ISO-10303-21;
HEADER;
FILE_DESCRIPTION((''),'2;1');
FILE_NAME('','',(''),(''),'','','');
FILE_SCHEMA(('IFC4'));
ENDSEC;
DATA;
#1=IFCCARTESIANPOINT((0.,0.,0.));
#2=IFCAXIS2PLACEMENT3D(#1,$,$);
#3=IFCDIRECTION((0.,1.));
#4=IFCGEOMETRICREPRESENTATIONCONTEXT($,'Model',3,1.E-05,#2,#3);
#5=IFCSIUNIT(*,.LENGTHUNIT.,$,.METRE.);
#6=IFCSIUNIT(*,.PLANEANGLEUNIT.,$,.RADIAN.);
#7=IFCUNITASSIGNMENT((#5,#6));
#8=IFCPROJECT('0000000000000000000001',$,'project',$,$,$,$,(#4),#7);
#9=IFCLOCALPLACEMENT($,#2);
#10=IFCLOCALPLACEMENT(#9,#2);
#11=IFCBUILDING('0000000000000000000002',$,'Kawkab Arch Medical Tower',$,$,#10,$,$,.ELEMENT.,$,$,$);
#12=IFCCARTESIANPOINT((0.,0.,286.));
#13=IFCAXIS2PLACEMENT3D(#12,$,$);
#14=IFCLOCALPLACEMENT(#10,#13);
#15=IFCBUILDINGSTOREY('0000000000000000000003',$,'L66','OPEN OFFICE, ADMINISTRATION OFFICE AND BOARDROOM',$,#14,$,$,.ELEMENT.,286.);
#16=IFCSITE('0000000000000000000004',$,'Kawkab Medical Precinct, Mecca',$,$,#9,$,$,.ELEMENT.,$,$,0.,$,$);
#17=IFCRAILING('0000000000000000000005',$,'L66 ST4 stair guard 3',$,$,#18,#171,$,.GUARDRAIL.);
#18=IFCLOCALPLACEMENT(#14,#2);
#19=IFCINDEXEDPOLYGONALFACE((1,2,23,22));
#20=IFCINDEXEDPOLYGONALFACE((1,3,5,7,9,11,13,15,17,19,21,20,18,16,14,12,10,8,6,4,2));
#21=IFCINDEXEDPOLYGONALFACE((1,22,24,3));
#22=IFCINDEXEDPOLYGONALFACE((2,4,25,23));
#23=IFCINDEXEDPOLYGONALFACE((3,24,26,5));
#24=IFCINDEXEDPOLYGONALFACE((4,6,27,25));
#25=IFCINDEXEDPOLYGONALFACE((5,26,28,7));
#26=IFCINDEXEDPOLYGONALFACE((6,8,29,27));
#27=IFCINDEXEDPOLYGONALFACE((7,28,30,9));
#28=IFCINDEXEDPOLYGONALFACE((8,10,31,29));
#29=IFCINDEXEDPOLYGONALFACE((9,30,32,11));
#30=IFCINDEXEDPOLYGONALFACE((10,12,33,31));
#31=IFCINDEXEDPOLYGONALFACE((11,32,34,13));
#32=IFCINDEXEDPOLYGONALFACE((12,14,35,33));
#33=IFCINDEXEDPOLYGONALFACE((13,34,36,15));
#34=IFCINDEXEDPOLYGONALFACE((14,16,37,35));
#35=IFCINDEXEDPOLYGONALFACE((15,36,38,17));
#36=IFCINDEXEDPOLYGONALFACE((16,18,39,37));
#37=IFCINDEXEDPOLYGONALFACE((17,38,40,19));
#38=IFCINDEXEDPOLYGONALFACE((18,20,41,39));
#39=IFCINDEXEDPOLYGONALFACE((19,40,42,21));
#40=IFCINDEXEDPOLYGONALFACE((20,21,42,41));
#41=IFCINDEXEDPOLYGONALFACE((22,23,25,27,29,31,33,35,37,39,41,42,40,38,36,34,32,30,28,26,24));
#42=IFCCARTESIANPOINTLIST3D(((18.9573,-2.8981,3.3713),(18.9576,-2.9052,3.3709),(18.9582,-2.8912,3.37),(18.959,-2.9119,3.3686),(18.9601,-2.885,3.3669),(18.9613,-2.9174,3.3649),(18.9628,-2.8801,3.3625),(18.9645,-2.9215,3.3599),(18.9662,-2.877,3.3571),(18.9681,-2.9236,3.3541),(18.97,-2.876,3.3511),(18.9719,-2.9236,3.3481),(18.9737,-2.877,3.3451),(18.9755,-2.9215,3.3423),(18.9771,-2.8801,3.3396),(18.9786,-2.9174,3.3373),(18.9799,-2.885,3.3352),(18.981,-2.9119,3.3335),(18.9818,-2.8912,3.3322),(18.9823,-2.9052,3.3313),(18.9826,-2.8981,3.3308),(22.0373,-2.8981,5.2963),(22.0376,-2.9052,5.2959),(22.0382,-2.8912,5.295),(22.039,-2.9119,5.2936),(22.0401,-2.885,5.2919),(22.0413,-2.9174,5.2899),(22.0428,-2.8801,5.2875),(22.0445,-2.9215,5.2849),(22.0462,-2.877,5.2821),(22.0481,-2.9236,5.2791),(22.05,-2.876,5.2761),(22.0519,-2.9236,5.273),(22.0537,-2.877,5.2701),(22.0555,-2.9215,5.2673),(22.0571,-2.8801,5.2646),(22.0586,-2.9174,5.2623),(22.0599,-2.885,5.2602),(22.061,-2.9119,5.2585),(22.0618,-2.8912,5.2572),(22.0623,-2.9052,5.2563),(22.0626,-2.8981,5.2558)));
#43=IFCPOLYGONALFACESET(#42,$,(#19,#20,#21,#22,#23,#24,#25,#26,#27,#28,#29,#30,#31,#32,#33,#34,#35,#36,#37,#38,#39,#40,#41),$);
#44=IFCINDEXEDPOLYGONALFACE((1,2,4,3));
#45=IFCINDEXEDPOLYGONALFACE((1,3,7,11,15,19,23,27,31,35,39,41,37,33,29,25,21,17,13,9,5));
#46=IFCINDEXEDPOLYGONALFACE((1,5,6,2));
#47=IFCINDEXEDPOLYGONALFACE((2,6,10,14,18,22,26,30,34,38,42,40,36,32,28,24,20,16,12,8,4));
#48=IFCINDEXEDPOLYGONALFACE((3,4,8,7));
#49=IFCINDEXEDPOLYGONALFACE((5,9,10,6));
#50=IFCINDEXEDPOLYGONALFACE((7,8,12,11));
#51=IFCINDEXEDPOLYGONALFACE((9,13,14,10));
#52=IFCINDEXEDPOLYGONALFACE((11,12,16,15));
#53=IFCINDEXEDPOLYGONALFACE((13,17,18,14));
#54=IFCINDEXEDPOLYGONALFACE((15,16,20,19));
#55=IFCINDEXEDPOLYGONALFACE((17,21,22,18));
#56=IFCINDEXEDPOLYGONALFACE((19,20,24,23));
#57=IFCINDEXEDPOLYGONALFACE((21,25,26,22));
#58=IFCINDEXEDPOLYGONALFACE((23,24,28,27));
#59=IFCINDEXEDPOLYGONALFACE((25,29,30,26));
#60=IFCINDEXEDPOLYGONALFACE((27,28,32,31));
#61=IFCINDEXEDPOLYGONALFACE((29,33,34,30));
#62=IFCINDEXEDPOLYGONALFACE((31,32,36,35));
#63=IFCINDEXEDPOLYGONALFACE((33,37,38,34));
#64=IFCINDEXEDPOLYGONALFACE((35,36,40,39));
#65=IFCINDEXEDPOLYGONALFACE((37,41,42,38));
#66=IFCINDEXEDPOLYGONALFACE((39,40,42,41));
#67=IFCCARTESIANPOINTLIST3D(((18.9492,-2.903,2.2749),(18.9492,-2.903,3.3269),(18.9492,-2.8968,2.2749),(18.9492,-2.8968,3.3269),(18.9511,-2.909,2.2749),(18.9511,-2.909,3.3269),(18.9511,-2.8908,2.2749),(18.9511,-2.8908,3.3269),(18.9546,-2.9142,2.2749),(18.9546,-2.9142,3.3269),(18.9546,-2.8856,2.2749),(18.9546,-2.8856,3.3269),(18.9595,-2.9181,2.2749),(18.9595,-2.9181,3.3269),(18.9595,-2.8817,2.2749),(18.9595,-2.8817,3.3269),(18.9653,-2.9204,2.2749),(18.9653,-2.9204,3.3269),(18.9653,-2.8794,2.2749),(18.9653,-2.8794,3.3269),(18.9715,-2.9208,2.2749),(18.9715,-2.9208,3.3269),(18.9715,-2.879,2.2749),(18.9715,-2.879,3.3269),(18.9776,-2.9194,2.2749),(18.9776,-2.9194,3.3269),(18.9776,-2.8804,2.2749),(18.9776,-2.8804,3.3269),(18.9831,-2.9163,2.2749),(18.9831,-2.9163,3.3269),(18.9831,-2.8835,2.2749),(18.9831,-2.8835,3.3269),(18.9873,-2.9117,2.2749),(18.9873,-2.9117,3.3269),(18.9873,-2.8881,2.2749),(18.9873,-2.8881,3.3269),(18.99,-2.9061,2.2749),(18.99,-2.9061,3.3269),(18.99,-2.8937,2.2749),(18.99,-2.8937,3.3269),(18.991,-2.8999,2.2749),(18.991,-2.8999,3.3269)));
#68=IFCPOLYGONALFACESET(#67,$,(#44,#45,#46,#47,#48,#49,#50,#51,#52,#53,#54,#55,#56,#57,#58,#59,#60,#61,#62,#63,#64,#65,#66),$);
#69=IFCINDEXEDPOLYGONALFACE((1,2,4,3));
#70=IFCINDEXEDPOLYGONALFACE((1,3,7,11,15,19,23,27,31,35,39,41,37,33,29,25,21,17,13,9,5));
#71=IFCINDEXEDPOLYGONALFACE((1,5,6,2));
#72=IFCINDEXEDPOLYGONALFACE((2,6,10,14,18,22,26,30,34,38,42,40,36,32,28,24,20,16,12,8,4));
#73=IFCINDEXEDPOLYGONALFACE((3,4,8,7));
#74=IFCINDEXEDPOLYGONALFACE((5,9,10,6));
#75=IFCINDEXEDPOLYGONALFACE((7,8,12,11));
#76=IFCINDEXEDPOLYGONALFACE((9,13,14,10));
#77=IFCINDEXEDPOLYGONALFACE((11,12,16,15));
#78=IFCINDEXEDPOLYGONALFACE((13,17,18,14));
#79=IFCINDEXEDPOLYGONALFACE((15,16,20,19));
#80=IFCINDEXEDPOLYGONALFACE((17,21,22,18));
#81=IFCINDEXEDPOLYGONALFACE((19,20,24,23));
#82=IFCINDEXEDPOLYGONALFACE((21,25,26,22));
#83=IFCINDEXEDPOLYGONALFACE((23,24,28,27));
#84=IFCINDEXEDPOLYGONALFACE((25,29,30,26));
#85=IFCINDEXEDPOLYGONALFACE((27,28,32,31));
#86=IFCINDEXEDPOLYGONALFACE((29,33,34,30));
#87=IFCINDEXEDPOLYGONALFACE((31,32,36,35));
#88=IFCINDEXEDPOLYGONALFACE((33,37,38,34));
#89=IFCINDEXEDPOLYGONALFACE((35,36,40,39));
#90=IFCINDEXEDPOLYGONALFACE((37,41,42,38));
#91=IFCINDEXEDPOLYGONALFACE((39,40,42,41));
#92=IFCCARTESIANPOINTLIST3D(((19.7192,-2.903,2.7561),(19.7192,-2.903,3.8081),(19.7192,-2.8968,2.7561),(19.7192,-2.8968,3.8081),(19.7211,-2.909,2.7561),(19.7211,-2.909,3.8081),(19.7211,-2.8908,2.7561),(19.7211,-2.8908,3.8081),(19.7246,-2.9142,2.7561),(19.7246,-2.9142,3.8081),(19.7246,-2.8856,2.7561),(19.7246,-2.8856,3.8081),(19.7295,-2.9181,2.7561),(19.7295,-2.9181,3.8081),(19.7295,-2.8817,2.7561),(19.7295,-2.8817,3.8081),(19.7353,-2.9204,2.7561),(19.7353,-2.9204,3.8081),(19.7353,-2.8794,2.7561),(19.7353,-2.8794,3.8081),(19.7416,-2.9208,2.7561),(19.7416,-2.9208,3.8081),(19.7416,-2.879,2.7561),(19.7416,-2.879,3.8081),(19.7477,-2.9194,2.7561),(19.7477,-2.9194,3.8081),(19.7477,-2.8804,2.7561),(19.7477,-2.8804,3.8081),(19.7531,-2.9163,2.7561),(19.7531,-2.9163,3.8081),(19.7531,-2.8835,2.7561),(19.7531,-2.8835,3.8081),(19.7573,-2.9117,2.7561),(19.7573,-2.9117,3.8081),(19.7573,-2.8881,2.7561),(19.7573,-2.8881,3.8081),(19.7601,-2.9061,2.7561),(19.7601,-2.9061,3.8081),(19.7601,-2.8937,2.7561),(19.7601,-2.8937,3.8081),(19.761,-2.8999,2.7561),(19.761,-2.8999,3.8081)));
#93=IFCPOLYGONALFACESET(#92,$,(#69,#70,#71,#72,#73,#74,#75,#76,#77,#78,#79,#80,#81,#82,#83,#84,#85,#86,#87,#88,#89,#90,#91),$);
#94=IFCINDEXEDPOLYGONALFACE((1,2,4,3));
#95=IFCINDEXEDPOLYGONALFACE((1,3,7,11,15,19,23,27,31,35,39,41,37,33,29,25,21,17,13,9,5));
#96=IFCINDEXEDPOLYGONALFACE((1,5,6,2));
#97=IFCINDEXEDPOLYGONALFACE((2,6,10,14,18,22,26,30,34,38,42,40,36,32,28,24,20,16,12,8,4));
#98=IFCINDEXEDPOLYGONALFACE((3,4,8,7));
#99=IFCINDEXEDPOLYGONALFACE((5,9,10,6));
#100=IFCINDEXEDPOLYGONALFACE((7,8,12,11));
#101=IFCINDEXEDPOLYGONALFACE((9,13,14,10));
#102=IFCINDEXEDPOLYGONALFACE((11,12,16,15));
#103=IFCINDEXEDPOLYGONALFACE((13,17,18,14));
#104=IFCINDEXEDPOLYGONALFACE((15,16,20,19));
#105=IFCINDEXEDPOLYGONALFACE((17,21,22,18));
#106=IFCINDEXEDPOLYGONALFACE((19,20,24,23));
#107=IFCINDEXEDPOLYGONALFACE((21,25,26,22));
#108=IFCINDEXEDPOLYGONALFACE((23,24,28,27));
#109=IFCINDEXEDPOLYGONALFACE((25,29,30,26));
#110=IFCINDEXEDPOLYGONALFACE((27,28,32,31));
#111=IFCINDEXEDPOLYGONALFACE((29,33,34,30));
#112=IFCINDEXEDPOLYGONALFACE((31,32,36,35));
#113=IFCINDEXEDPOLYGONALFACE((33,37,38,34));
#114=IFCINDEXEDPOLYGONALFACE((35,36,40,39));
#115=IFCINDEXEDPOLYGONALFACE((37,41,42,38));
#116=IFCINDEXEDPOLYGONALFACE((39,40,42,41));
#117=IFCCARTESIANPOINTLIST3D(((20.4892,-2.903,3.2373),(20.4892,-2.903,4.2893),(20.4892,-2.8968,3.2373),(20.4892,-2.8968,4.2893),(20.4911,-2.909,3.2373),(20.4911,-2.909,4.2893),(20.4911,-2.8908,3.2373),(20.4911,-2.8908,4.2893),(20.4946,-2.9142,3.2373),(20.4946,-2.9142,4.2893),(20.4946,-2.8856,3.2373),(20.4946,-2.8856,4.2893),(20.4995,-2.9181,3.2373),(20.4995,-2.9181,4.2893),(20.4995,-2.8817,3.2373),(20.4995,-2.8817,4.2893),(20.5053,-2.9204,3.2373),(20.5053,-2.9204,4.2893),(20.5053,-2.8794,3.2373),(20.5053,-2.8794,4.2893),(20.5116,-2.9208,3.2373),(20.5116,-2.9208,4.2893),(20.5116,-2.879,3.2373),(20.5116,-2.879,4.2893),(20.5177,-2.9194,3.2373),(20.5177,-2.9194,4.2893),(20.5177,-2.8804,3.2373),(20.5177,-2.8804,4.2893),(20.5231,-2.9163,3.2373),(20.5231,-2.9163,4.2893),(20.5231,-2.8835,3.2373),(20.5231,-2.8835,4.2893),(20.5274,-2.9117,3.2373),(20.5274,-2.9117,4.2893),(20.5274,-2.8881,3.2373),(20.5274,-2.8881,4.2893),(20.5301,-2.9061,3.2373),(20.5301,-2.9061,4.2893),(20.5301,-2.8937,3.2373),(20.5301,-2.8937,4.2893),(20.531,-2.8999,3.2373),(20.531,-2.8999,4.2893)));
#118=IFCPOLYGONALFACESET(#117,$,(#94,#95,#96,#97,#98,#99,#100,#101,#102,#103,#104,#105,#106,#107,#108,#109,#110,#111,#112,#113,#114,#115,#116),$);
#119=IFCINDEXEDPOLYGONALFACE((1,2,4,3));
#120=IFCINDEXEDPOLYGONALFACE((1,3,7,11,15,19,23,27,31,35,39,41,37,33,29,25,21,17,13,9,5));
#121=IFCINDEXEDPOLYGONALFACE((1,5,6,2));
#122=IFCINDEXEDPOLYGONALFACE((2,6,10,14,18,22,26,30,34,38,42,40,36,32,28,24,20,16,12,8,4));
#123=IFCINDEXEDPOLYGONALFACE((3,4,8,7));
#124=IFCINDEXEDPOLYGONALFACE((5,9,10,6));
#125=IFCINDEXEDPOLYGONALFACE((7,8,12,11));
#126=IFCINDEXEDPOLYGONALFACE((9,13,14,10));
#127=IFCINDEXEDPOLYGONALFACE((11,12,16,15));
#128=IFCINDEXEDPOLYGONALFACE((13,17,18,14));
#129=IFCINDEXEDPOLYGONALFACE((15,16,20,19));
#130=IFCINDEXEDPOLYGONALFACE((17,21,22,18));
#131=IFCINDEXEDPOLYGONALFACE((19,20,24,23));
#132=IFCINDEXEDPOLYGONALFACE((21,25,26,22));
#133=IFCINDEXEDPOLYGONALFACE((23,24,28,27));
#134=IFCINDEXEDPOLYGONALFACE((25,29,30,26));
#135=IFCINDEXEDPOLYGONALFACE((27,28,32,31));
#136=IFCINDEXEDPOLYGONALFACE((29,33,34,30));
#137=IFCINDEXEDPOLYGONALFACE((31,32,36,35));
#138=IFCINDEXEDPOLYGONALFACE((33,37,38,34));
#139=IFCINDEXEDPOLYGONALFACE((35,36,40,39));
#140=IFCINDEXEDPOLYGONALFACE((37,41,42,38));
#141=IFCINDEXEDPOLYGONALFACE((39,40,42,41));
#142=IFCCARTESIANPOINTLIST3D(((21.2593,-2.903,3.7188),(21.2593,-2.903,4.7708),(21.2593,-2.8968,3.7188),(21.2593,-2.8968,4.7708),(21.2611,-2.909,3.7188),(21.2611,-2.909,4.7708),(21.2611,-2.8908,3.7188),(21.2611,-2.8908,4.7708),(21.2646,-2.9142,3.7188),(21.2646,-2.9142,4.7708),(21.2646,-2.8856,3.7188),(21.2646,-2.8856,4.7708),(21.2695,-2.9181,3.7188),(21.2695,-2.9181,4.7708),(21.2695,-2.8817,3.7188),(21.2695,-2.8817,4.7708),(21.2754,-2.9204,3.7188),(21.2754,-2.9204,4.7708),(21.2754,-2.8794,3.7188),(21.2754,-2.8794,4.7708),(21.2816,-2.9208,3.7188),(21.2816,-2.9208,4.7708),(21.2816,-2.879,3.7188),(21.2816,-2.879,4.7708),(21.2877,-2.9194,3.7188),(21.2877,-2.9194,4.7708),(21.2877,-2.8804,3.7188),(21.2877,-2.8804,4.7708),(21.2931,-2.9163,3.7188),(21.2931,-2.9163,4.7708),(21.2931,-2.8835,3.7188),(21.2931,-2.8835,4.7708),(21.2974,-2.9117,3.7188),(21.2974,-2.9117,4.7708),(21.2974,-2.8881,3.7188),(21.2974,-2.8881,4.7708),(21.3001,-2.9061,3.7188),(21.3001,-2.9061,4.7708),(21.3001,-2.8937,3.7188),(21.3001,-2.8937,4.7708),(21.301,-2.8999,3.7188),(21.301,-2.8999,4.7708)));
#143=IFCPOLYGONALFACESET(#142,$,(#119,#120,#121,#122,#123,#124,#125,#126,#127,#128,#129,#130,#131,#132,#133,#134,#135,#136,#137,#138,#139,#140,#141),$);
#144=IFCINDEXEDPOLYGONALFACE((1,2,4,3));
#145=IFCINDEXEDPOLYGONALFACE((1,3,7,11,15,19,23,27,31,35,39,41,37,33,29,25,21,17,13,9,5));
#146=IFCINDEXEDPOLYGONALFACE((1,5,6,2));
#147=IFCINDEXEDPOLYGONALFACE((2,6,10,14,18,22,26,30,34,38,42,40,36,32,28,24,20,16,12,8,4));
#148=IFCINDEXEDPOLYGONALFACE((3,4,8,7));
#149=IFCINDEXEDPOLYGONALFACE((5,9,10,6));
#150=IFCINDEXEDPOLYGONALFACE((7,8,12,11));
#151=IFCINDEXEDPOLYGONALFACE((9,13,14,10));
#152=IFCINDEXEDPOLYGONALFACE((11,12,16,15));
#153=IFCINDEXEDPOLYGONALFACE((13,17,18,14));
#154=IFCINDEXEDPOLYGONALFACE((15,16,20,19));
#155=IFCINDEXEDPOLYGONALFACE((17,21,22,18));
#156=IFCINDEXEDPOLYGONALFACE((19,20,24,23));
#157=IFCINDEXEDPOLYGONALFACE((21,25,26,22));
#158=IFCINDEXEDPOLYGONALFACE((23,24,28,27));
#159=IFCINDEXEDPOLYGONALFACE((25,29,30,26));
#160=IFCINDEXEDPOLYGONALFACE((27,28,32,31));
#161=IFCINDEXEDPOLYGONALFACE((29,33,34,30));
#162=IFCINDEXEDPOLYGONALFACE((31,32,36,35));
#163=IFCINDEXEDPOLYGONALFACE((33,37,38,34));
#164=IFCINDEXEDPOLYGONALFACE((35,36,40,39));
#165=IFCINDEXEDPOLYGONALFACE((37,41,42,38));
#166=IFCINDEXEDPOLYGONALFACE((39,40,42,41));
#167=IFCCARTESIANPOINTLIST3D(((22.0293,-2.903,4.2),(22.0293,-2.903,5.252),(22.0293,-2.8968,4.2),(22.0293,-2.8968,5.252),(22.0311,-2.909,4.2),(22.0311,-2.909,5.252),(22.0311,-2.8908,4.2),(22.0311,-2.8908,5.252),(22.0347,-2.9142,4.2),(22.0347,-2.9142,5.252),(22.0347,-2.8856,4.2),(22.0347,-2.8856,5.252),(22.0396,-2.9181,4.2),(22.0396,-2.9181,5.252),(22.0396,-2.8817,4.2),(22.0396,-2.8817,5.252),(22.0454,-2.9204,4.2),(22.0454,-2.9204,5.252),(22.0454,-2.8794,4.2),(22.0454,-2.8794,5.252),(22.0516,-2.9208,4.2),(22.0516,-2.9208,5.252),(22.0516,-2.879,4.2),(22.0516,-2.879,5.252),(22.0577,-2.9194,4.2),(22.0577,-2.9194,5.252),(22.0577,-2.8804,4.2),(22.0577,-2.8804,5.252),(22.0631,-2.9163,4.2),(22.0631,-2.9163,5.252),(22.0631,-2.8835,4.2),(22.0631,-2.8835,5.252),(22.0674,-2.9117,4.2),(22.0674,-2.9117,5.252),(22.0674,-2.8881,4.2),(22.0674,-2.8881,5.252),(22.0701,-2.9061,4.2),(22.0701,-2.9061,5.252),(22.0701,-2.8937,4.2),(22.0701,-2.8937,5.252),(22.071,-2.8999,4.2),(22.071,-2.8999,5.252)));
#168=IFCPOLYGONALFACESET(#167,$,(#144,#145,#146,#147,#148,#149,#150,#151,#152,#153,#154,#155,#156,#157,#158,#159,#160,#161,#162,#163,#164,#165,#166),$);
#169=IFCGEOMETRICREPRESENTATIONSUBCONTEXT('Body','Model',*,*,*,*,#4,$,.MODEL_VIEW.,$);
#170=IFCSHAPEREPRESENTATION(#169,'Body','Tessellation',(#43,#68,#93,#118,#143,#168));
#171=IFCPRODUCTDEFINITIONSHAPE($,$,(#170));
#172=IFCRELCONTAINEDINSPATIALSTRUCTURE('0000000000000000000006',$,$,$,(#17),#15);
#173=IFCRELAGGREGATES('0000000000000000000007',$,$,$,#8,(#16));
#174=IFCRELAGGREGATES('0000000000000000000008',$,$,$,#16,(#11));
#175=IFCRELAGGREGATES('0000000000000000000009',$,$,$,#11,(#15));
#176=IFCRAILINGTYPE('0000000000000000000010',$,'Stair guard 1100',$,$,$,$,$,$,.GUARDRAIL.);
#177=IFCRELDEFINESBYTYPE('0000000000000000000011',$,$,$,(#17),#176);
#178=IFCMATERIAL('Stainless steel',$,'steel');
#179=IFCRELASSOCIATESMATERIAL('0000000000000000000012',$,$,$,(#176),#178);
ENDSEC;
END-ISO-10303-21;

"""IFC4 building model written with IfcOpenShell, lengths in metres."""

from ifc_helpers import new_model, si_unit, direction, frame, origin, origin_2d, place, context, subcontext, project, spatial, circle, extrude, material, type_object, element, save


model = new_model("IFC4")

# Units and contexts
model_context = context("Model", 3, precision=1e-05, world=origin(), true_north=direction((0.0, 1.0)))
body_context = subcontext(model_context, "Body", "Model", "MODEL_VIEW")
ifc_project = project(units=[si_unit("LENGTHUNIT", "METRE"), si_unit("PLANEANGLEUNIT", "RADIAN")], contexts=[model_context])

# Site, building, storey
site_placement = place(None, origin())
site = spatial("IfcSite", under=ifc_project, at=site_placement, Name="Kawkab Medical Precinct, Mecca", CompositionType="ELEMENT", RefElevation=0.0)
building_placement = place(site_placement, origin())
building = spatial("IfcBuilding", under=site, at=building_placement, Name="Kawkab Arch Medical Tower", CompositionType="ELEMENT")
storey_placement = place(building_placement, frame((0.0, 0.0, 286.0)))
storey = spatial("IfcBuildingStorey", under=building, at=storey_placement, Name="L66", Description="OPEN OFFICE, ADMINISTRATION OFFICE AND BOARDROOM", CompositionType="ELEMENT", Elevation=286.0)

# Railing
ifc_material_1 = material(Name="Stainless steel", Category="steel")
railing_type = type_object("IfcRailingType", Name="Stair guard 1100", PredefinedType="GUARDRAIL", material=ifc_material_1)
railing_1_placement = place(storey_placement, frame((18.97, -2.8999, 2.2749)))
element("IfcRailing", 1, at=railing_1_placement, inside=storey, type_object=railing_type, Name="L66 ST4 stair guard 3", PredefinedType="GUARDRAIL", context=body_context, shape_type="SweptSolid", body=[
    extrude(circle(Radius=0.0239, at=origin_2d()), frame((0.0, 0.0, 1.0762), z_axis=(0.847998, 0.0, 0.529999), x_axis=(0.0, 1.0, 0.0)), (0.0, 0.0, 1.0), 3.6321),
    extrude(circle(Radius=0.021, at=origin_2d()), origin(), (0.0, 0.0, 1.0), 1.052),
    extrude(circle(Radius=0.021, at=origin_2d()), frame((0.77, 0.0, 0.4812)), (0.0, 0.0, 1.0), 1.052),
    extrude(circle(Radius=0.021, at=origin_2d()), frame((1.54, 0.0, 0.9624)), (0.0, 0.0, 1.0), 1.052),
    extrude(circle(Radius=0.021, at=origin_2d()), frame((2.3101, 0.0, 1.4438)), (0.0, 0.0, 1.0), 1.052),
    extrude(circle(Radius=0.021, at=origin_2d()), frame((3.0801, 0.0, 1.925)), (0.0, 0.0, 1.0), 1.052),
])

save(model, "model.ifc")
